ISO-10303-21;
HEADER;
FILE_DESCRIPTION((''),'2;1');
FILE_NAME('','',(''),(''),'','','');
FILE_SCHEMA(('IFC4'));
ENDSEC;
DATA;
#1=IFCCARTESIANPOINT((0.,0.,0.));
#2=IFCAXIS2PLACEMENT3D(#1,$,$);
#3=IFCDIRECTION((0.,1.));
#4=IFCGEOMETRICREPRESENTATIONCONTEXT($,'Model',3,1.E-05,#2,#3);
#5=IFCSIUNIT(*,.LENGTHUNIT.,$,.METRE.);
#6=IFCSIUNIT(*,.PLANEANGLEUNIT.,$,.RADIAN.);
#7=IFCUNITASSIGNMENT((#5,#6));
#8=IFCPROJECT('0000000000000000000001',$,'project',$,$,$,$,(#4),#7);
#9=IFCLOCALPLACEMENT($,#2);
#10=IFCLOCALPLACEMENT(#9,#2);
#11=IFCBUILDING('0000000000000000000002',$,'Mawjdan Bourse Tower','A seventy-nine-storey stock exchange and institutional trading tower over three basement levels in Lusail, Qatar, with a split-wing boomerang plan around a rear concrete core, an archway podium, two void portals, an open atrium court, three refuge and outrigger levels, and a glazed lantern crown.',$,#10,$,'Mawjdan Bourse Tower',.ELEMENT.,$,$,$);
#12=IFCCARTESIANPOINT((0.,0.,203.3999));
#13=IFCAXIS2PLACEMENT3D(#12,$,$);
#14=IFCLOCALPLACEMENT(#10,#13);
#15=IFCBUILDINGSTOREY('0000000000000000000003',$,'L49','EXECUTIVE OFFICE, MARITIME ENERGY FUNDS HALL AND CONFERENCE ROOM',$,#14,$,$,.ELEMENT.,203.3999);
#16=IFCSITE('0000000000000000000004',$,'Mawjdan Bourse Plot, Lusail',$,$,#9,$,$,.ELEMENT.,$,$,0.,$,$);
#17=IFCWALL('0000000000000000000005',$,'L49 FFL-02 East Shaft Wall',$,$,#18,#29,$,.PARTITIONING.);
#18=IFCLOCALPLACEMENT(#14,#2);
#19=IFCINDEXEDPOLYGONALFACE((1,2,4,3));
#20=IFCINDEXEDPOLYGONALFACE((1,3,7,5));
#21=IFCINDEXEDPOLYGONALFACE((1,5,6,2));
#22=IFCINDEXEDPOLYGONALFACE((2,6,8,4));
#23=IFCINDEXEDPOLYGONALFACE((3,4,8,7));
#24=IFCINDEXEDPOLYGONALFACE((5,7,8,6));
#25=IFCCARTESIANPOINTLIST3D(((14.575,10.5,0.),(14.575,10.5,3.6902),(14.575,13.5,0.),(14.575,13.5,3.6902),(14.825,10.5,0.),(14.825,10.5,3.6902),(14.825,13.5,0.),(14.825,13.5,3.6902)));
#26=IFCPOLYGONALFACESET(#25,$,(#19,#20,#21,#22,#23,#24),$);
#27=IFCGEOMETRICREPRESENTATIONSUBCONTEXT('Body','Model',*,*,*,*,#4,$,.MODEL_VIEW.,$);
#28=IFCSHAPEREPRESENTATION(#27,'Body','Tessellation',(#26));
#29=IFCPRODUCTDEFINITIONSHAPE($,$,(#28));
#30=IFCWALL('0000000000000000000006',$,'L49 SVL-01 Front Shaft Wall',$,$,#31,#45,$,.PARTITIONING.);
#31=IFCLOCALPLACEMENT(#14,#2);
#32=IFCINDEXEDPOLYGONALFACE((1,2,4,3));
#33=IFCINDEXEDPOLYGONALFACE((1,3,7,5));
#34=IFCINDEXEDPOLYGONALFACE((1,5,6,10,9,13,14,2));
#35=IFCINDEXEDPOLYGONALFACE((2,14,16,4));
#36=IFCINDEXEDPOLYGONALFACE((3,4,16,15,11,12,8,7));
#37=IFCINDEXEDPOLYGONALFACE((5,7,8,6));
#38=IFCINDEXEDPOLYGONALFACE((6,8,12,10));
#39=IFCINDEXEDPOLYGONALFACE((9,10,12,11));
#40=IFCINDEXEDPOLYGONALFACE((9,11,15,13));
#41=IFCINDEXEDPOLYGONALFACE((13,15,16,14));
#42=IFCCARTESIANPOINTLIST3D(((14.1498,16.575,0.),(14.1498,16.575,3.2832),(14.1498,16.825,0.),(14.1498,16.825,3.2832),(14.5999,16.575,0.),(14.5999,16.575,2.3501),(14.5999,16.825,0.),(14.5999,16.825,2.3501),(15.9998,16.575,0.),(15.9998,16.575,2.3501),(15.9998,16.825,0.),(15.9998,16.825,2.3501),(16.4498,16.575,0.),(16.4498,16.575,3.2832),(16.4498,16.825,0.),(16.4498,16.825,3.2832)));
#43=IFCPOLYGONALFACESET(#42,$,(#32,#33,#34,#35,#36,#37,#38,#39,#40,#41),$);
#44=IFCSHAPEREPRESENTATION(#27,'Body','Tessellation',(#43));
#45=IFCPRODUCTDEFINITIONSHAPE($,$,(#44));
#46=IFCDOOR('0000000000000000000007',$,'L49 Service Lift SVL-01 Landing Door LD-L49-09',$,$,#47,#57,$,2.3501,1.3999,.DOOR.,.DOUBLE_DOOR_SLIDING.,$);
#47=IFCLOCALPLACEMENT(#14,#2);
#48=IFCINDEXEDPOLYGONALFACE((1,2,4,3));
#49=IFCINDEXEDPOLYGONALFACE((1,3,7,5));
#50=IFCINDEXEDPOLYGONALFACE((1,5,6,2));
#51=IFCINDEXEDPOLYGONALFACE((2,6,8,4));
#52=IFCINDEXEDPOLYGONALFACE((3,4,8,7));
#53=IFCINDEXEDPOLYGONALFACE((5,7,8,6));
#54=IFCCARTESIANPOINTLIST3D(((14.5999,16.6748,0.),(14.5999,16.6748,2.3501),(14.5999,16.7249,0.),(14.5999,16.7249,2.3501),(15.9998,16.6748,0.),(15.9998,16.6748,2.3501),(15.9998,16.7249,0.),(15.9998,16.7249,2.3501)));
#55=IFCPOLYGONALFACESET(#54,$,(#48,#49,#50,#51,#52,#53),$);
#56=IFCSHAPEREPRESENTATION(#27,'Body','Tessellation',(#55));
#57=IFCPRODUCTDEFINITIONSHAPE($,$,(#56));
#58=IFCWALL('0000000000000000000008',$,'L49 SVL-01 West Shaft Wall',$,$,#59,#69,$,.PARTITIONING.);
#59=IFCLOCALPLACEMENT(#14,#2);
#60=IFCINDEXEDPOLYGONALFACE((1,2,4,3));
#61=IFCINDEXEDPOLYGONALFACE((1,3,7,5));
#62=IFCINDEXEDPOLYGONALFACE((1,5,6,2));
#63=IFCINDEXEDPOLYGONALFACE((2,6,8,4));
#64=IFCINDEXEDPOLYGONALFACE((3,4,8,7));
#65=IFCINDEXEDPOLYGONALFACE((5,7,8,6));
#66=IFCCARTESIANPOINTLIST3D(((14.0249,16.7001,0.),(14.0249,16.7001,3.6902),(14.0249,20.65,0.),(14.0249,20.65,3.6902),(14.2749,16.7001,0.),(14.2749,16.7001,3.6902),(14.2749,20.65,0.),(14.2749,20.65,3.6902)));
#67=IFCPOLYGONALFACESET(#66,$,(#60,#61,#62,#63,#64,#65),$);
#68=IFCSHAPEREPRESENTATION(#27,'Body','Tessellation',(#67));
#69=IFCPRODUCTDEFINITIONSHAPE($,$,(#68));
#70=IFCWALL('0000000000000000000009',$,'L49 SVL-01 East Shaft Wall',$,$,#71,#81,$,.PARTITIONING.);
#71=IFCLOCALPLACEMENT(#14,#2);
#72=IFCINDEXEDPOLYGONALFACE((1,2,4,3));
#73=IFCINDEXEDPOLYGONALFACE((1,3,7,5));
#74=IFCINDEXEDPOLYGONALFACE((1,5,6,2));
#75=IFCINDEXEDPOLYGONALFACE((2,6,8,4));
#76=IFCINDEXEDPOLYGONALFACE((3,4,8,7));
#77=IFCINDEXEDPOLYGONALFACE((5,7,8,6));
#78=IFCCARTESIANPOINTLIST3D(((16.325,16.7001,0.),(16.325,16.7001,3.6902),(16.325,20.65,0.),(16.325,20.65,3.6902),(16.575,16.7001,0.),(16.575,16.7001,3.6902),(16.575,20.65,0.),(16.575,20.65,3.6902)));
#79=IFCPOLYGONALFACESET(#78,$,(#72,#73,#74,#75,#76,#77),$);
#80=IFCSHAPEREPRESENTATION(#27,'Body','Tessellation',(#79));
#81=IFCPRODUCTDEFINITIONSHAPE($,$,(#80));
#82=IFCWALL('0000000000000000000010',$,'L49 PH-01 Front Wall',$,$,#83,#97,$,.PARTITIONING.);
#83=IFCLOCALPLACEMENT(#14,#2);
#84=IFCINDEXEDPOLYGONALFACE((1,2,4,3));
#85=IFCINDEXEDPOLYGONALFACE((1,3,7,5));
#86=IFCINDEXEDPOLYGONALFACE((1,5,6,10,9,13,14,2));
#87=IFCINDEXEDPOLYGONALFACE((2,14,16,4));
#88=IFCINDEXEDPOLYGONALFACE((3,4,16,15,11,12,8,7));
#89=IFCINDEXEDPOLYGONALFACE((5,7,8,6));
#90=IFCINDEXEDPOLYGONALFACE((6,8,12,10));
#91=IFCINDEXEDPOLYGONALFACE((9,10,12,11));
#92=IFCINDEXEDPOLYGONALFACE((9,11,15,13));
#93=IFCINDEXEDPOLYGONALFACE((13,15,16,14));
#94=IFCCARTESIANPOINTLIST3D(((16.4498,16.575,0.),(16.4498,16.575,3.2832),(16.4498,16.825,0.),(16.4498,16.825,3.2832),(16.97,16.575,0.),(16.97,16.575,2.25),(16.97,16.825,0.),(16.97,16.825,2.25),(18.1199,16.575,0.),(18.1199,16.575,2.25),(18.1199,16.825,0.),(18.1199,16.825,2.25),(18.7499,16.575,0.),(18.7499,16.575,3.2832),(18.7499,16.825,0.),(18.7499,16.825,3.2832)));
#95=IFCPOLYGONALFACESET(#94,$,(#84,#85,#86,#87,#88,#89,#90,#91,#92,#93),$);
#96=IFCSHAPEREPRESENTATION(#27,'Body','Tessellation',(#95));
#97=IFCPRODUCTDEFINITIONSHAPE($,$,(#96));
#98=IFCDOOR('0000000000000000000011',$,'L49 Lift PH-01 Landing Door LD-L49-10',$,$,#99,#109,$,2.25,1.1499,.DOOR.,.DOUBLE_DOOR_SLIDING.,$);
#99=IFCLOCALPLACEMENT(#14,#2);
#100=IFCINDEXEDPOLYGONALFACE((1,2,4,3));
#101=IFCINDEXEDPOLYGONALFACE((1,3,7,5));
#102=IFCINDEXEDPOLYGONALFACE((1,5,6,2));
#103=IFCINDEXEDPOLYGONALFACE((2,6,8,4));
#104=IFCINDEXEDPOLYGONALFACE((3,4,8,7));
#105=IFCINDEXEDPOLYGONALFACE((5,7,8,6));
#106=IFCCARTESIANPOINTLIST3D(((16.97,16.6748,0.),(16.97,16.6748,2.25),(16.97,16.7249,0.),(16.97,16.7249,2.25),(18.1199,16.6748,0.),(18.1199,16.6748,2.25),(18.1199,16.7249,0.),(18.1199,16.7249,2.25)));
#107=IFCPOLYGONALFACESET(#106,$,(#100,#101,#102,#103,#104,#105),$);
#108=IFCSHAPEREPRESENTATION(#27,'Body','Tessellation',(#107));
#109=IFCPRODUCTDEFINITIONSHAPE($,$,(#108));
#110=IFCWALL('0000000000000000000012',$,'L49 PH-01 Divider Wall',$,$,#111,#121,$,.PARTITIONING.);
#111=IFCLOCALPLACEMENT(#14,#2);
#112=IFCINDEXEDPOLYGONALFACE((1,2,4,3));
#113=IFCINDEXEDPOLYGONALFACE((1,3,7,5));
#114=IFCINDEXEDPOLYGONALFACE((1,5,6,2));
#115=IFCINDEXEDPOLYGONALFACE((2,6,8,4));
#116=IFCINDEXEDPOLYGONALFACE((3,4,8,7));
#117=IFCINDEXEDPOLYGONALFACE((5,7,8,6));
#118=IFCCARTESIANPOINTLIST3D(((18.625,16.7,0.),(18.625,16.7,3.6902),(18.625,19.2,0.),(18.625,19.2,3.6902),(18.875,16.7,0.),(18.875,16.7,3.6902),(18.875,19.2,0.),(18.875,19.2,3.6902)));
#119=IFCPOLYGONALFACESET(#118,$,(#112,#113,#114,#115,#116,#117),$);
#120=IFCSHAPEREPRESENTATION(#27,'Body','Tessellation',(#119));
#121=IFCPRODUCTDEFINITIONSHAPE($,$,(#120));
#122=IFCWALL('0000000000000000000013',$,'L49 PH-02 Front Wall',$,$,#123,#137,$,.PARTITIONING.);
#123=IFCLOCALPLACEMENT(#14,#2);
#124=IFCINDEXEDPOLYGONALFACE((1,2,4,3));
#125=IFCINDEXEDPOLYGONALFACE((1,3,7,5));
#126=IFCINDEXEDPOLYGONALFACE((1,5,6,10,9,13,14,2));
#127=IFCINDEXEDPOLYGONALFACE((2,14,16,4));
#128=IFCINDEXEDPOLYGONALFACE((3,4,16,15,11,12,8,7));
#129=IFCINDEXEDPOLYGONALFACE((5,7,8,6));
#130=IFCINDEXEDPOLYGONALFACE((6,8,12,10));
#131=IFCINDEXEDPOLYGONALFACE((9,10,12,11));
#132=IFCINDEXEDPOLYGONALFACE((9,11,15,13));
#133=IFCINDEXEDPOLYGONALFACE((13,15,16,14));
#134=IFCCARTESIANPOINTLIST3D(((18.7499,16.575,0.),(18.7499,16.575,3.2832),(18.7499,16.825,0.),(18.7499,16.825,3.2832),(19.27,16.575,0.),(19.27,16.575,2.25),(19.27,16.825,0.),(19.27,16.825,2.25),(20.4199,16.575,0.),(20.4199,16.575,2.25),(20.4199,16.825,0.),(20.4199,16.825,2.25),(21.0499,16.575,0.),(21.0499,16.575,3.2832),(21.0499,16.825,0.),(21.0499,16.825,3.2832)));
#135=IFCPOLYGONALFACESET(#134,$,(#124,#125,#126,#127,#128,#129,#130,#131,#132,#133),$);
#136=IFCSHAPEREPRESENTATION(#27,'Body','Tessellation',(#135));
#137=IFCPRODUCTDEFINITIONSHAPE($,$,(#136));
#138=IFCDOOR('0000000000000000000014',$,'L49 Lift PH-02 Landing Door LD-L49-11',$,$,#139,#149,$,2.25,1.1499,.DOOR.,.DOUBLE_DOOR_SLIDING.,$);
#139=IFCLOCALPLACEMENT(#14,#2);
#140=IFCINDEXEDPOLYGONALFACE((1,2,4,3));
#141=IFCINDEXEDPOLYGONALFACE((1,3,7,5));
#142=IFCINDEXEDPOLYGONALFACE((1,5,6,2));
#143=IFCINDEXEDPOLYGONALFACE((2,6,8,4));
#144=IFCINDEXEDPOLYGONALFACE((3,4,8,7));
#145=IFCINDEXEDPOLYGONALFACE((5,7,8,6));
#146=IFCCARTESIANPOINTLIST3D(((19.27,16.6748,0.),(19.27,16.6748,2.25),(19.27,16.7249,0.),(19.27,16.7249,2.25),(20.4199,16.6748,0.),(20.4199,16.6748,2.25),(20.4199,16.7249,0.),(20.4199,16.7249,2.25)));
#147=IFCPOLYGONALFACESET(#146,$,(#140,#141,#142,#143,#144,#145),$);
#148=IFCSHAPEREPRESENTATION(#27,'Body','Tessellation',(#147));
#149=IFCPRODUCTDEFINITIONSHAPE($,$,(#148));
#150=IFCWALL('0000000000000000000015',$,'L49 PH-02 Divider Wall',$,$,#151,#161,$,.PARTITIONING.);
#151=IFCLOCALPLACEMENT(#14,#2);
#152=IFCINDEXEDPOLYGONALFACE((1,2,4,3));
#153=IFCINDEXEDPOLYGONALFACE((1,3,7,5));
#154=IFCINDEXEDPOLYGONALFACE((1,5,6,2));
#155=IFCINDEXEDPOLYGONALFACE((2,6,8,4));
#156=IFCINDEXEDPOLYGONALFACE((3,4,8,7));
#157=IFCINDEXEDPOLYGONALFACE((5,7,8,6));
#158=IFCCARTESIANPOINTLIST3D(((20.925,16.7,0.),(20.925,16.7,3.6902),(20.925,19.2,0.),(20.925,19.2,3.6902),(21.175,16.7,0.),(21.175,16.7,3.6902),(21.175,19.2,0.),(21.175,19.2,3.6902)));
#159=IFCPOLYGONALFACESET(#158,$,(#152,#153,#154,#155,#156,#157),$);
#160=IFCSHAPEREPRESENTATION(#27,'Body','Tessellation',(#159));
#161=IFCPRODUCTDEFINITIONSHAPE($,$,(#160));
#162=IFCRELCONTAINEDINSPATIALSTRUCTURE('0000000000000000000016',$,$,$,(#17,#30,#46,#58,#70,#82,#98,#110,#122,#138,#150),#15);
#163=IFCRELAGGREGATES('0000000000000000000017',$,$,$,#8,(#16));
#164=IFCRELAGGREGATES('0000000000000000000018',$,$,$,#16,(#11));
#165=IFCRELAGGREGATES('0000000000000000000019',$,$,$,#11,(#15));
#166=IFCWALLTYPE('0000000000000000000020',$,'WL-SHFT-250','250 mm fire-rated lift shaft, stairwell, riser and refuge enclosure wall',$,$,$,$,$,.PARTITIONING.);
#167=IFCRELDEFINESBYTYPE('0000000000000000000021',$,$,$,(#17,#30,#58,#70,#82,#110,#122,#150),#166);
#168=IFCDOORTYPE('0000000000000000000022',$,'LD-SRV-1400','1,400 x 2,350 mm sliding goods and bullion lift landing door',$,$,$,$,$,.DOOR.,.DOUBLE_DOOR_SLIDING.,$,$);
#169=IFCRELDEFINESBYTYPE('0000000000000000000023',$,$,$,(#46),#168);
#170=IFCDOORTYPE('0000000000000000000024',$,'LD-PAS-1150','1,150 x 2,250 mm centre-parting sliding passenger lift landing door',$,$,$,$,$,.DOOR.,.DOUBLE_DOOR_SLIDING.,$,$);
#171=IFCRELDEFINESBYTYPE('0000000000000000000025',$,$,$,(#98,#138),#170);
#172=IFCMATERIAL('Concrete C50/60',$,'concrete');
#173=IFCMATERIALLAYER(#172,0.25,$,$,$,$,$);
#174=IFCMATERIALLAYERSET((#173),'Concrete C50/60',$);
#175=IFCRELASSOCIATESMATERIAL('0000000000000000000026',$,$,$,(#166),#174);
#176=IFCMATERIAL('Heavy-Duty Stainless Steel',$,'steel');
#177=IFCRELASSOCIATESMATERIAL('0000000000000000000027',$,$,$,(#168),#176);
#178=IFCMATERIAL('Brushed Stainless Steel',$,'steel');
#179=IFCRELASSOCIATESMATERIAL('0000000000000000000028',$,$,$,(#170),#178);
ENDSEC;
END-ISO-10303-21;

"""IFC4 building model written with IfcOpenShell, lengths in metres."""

from ifc_helpers import new_model, si_unit, direction, frame, frame_2d, origin, place, context, subcontext, project, spatial, rectangle, extrude, material, layer, layer_set, type_object, element, fill, save


model = new_model("IFC4")

# Units and contexts
model_context = context("Model", 3, precision=1e-05, world=origin(), true_north=direction((0.0, 1.0)))
body_context = subcontext(model_context, "Body", "Model", "MODEL_VIEW")
ifc_project = project(units=[si_unit("LENGTHUNIT", "METRE"), si_unit("PLANEANGLEUNIT", "RADIAN")], contexts=[model_context])

# Site, building, storey
site_placement = place(None, origin())
site = spatial("IfcSite", under=ifc_project, at=site_placement, Name="Mawjdan Bourse Plot, Lusail", CompositionType="ELEMENT", RefElevation=0.0)
building_placement = place(site_placement, origin())
building = spatial("IfcBuilding", under=site, at=building_placement, Name="Mawjdan Bourse Tower", Description="A seventy-nine-storey stock exchange and institutional trading tower over three basement levels in Lusail, Qatar, with a split-wing boomerang plan around a rear concrete core, an archway podium, two void portals, an open atrium court, three refuge and outrigger levels, and a glazed lantern crown.", LongName="Mawjdan Bourse Tower", CompositionType="ELEMENT")
storey_placement = place(building_placement, frame((0.0, 0.0, 203.3999)))
storey = spatial("IfcBuildingStorey", under=building, at=storey_placement, Name="L49", Description="EXECUTIVE OFFICE, MARITIME ENERGY FUNDS HALL AND CONFERENCE ROOM", CompositionType="ELEMENT", Elevation=203.3999)

# Wall
ifc_material_1 = material(Name="Concrete C50/60", Category="concrete")
ifc_layer_1 = layer(ifc_material_1, 0.25)
ifc_layer_set_1 = layer_set([ifc_layer_1], Name="Concrete C50/60")
wall_type_1 = type_object("IfcWallType", Name="WL-SHFT-250", Description="250 mm fire-rated lift shaft, stairwell, riser and refuge enclosure wall", PredefinedType="PARTITIONING", material=ifc_layer_set_1)
wall_1_placement = place(storey_placement, frame((14.7, 10.5, 0.0), z_axis=(0.0, 0.0, 1.0), x_axis=(0.0, 1.0, 0.0)))
element("IfcWall", 1, at=wall_1_placement, inside=storey, type_object=wall_type_1, Name="L49 FFL-02 East Shaft Wall", PredefinedType="PARTITIONING", context=body_context, shape_type="SweptSolid", body=[
    extrude(rectangle(XDim=3.0, YDim=0.25, at=frame_2d((1.5, 0.0))), origin(), (0.0, 0.0, 1.0), 3.6902),
])

# Wall, opening, door
wall_2_placement = place(storey_placement, frame((14.1499, 16.7, 0.0), z_axis=(0.0, 0.0, 1.0), x_axis=(1.0, 0.0, 0.0)))
wall_2 = element("IfcWall", 2, at=wall_2_placement, inside=storey, type_object=wall_type_1, Name="L49 SVL-01 Front Shaft Wall", PredefinedType="PARTITIONING", context=body_context, shape_type="SweptSolid", body=[
    extrude(rectangle(XDim=2.3, YDim=0.25, at=frame_2d((1.1499, 0.0))), origin(), (0.0, 0.0, 1.0), 3.2832),
])
opening_1_placement = place(wall_2_placement, frame((0.45, 0.0, 0.0)))
opening_1 = element("IfcOpeningElement", 3, at=opening_1_placement, cuts=wall_2, PredefinedType="OPENING", context=body_context, shape_type="SweptSolid", body=[
    extrude(rectangle(XDim=1.3999, YDim=2.3501, at=frame_2d((0.7, 1.175))), frame((0.0, 0.135, 0.0), z_axis=(0.0, -1.0, 0.0), x_axis=(1.0, 0.0, 0.0)), (0.0, 0.0, 1.0), 0.27),
])
ifc_material_2 = material(Name="Heavy-Duty Stainless Steel", Category="steel")
door_type_1 = type_object("IfcDoorType", Name="LD-SRV-1400", Description="1,400 x 2,350 mm sliding goods and bullion lift landing door", OperationType="DOUBLE_DOOR_SLIDING", PredefinedType="DOOR", material=ifc_material_2)
door_1_placement = place(opening_1_placement, origin())
door_1 = element("IfcDoor", 4, at=door_1_placement, inside=storey, type_object=door_type_1, Name="L49 Service Lift SVL-01 Landing Door LD-L49-09", OperationType="DOUBLE_DOOR_SLIDING", OverallHeight=2.3501, OverallWidth=1.3999, PredefinedType="DOOR", context=body_context, shape_type="SweptSolid", body=[
    extrude(rectangle(XDim=1.3999, YDim=2.3501, at=frame_2d((0.7, 1.175))), frame((0.0, 0.0249, 0.0), z_axis=(0.0, -1.0, 0.0), x_axis=(1.0, 0.0, 0.0)), (0.0, 0.0, 1.0), 0.05),
])
fill(opening_1, door_1)

# Walls
for number, where, z_axis, x_axis, name in (
    (5, (14.1499, 16.7, 0.0), (0.0, 0.0, 1.0), (0.0, 1.0, 0.0), "L49 SVL-01 West Shaft Wall"),
    (6, (16.45, 16.7, 0.0), (0.0, 0.0, 1.0), (0.0, 1.0, 0.0), "L49 SVL-01 East Shaft Wall"),
):
    element("IfcWall", number, at=place(storey_placement, frame(where, z_axis=z_axis, x_axis=x_axis)), inside=storey, type_object=wall_type_1, Name=name, PredefinedType="PARTITIONING", context=body_context, shape_type="SweptSolid", body=[
        extrude(rectangle(XDim=3.95, YDim=0.25, at=frame_2d((1.9751, 0.0))), origin(), (0.0, 0.0, 1.0), 3.6902),
    ])

# Wall, opening, door
wall_3_placement = place(storey_placement, frame((16.45, 16.7, 0.0), z_axis=(0.0, 0.0, 1.0), x_axis=(1.0, 0.0, 0.0)))
wall_3 = element("IfcWall", 7, at=wall_3_placement, inside=storey, type_object=wall_type_1, Name="L49 PH-01 Front Wall", PredefinedType="PARTITIONING", context=body_context, shape_type="SweptSolid", body=[
    extrude(rectangle(XDim=2.3, YDim=0.25, at=frame_2d((1.1499, 0.0))), origin(), (0.0, 0.0, 1.0), 3.2832),
])
opening_2_placement = place(wall_3_placement, frame((0.52, 0.0, 0.0)))
opening_2 = element("IfcOpeningElement", 8, at=opening_2_placement, cuts=wall_3, PredefinedType="OPENING", context=body_context, shape_type="SweptSolid", body=[
    extrude(rectangle(XDim=1.1499, YDim=2.25, at=frame_2d((0.575, 1.125))), frame((0.0, 0.135, 0.0), z_axis=(0.0, -1.0, 0.0), x_axis=(1.0, 0.0, 0.0)), (0.0, 0.0, 1.0), 0.27),
])
ifc_material_3 = material(Name="Brushed Stainless Steel", Category="steel")
door_type_2 = type_object("IfcDoorType", Name="LD-PAS-1150", Description="1,150 x 2,250 mm centre-parting sliding passenger lift landing door", OperationType="DOUBLE_DOOR_SLIDING", PredefinedType="DOOR", material=ifc_material_3)
door_2_placement = place(opening_2_placement, origin())
door_2 = element("IfcDoor", 9, at=door_2_placement, inside=storey, type_object=door_type_2, Name="L49 Lift PH-01 Landing Door LD-L49-10", OperationType="DOUBLE_DOOR_SLIDING", OverallHeight=2.25, OverallWidth=1.1499, PredefinedType="DOOR", context=body_context, shape_type="SweptSolid", body=[
    extrude(rectangle(XDim=1.1499, YDim=2.25, at=frame_2d((0.575, 1.125))), frame((0.0, 0.0249, 0.0), z_axis=(0.0, -1.0, 0.0), x_axis=(1.0, 0.0, 0.0)), (0.0, 0.0, 1.0), 0.05),
])
fill(opening_2, door_2)

# Wall
wall_4_placement = place(storey_placement, frame((18.75, 16.7, 0.0), z_axis=(0.0, 0.0, 1.0), x_axis=(0.0, 1.0, 0.0)))
element("IfcWall", 10, at=wall_4_placement, inside=storey, type_object=wall_type_1, Name="L49 PH-01 Divider Wall", PredefinedType="PARTITIONING", context=body_context, shape_type="SweptSolid", body=[
    extrude(rectangle(XDim=2.5, YDim=0.25, at=frame_2d((1.25, 0.0))), origin(), (0.0, 0.0, 1.0), 3.6902),
])

# Wall, opening, door
wall_5_placement = place(storey_placement, frame((18.75, 16.7, 0.0), z_axis=(0.0, 0.0, 1.0), x_axis=(1.0, 0.0, 0.0)))
wall_5 = element("IfcWall", 11, at=wall_5_placement, inside=storey, type_object=wall_type_1, Name="L49 PH-02 Front Wall", PredefinedType="PARTITIONING", context=body_context, shape_type="SweptSolid", body=[
    extrude(rectangle(XDim=2.3, YDim=0.25, at=frame_2d((1.1499, 0.0))), origin(), (0.0, 0.0, 1.0), 3.2832),
])
opening_3_placement = place(wall_5_placement, frame((0.52, 0.0, 0.0)))
opening_3 = element("IfcOpeningElement", 12, at=opening_3_placement, cuts=wall_5, PredefinedType="OPENING", context=body_context, shape_type="SweptSolid", body=[
    extrude(rectangle(XDim=1.1499, YDim=2.25, at=frame_2d((0.575, 1.125))), frame((0.0, 0.135, 0.0), z_axis=(0.0, -1.0, 0.0), x_axis=(1.0, 0.0, 0.0)), (0.0, 0.0, 1.0), 0.27),
])
door_3_placement = place(opening_3_placement, origin())
door_3 = element("IfcDoor", 13, at=door_3_placement, inside=storey, type_object=door_type_2, Name="L49 Lift PH-02 Landing Door LD-L49-11", OperationType="DOUBLE_DOOR_SLIDING", OverallHeight=2.25, OverallWidth=1.1499, PredefinedType="DOOR", context=body_context, shape_type="SweptSolid", body=[
    extrude(rectangle(XDim=1.1499, YDim=2.25, at=frame_2d((0.575, 1.125))), frame((0.0, 0.0249, 0.0), z_axis=(0.0, -1.0, 0.0), x_axis=(1.0, 0.0, 0.0)), (0.0, 0.0, 1.0), 0.05),
])
fill(opening_3, door_3)

# Wall
wall_6_placement = place(storey_placement, frame((21.05, 16.7, 0.0), z_axis=(0.0, 0.0, 1.0), x_axis=(0.0, 1.0, 0.0)))
element("IfcWall", 14, at=wall_6_placement, inside=storey, type_object=wall_type_1, Name="L49 PH-02 Divider Wall", PredefinedType="PARTITIONING", context=body_context, shape_type="SweptSolid", body=[
    extrude(rectangle(XDim=2.5, YDim=0.25, at=frame_2d((1.25, 0.0))), origin(), (0.0, 0.0, 1.0), 3.6902),
])

save(model, "model.ifc")
